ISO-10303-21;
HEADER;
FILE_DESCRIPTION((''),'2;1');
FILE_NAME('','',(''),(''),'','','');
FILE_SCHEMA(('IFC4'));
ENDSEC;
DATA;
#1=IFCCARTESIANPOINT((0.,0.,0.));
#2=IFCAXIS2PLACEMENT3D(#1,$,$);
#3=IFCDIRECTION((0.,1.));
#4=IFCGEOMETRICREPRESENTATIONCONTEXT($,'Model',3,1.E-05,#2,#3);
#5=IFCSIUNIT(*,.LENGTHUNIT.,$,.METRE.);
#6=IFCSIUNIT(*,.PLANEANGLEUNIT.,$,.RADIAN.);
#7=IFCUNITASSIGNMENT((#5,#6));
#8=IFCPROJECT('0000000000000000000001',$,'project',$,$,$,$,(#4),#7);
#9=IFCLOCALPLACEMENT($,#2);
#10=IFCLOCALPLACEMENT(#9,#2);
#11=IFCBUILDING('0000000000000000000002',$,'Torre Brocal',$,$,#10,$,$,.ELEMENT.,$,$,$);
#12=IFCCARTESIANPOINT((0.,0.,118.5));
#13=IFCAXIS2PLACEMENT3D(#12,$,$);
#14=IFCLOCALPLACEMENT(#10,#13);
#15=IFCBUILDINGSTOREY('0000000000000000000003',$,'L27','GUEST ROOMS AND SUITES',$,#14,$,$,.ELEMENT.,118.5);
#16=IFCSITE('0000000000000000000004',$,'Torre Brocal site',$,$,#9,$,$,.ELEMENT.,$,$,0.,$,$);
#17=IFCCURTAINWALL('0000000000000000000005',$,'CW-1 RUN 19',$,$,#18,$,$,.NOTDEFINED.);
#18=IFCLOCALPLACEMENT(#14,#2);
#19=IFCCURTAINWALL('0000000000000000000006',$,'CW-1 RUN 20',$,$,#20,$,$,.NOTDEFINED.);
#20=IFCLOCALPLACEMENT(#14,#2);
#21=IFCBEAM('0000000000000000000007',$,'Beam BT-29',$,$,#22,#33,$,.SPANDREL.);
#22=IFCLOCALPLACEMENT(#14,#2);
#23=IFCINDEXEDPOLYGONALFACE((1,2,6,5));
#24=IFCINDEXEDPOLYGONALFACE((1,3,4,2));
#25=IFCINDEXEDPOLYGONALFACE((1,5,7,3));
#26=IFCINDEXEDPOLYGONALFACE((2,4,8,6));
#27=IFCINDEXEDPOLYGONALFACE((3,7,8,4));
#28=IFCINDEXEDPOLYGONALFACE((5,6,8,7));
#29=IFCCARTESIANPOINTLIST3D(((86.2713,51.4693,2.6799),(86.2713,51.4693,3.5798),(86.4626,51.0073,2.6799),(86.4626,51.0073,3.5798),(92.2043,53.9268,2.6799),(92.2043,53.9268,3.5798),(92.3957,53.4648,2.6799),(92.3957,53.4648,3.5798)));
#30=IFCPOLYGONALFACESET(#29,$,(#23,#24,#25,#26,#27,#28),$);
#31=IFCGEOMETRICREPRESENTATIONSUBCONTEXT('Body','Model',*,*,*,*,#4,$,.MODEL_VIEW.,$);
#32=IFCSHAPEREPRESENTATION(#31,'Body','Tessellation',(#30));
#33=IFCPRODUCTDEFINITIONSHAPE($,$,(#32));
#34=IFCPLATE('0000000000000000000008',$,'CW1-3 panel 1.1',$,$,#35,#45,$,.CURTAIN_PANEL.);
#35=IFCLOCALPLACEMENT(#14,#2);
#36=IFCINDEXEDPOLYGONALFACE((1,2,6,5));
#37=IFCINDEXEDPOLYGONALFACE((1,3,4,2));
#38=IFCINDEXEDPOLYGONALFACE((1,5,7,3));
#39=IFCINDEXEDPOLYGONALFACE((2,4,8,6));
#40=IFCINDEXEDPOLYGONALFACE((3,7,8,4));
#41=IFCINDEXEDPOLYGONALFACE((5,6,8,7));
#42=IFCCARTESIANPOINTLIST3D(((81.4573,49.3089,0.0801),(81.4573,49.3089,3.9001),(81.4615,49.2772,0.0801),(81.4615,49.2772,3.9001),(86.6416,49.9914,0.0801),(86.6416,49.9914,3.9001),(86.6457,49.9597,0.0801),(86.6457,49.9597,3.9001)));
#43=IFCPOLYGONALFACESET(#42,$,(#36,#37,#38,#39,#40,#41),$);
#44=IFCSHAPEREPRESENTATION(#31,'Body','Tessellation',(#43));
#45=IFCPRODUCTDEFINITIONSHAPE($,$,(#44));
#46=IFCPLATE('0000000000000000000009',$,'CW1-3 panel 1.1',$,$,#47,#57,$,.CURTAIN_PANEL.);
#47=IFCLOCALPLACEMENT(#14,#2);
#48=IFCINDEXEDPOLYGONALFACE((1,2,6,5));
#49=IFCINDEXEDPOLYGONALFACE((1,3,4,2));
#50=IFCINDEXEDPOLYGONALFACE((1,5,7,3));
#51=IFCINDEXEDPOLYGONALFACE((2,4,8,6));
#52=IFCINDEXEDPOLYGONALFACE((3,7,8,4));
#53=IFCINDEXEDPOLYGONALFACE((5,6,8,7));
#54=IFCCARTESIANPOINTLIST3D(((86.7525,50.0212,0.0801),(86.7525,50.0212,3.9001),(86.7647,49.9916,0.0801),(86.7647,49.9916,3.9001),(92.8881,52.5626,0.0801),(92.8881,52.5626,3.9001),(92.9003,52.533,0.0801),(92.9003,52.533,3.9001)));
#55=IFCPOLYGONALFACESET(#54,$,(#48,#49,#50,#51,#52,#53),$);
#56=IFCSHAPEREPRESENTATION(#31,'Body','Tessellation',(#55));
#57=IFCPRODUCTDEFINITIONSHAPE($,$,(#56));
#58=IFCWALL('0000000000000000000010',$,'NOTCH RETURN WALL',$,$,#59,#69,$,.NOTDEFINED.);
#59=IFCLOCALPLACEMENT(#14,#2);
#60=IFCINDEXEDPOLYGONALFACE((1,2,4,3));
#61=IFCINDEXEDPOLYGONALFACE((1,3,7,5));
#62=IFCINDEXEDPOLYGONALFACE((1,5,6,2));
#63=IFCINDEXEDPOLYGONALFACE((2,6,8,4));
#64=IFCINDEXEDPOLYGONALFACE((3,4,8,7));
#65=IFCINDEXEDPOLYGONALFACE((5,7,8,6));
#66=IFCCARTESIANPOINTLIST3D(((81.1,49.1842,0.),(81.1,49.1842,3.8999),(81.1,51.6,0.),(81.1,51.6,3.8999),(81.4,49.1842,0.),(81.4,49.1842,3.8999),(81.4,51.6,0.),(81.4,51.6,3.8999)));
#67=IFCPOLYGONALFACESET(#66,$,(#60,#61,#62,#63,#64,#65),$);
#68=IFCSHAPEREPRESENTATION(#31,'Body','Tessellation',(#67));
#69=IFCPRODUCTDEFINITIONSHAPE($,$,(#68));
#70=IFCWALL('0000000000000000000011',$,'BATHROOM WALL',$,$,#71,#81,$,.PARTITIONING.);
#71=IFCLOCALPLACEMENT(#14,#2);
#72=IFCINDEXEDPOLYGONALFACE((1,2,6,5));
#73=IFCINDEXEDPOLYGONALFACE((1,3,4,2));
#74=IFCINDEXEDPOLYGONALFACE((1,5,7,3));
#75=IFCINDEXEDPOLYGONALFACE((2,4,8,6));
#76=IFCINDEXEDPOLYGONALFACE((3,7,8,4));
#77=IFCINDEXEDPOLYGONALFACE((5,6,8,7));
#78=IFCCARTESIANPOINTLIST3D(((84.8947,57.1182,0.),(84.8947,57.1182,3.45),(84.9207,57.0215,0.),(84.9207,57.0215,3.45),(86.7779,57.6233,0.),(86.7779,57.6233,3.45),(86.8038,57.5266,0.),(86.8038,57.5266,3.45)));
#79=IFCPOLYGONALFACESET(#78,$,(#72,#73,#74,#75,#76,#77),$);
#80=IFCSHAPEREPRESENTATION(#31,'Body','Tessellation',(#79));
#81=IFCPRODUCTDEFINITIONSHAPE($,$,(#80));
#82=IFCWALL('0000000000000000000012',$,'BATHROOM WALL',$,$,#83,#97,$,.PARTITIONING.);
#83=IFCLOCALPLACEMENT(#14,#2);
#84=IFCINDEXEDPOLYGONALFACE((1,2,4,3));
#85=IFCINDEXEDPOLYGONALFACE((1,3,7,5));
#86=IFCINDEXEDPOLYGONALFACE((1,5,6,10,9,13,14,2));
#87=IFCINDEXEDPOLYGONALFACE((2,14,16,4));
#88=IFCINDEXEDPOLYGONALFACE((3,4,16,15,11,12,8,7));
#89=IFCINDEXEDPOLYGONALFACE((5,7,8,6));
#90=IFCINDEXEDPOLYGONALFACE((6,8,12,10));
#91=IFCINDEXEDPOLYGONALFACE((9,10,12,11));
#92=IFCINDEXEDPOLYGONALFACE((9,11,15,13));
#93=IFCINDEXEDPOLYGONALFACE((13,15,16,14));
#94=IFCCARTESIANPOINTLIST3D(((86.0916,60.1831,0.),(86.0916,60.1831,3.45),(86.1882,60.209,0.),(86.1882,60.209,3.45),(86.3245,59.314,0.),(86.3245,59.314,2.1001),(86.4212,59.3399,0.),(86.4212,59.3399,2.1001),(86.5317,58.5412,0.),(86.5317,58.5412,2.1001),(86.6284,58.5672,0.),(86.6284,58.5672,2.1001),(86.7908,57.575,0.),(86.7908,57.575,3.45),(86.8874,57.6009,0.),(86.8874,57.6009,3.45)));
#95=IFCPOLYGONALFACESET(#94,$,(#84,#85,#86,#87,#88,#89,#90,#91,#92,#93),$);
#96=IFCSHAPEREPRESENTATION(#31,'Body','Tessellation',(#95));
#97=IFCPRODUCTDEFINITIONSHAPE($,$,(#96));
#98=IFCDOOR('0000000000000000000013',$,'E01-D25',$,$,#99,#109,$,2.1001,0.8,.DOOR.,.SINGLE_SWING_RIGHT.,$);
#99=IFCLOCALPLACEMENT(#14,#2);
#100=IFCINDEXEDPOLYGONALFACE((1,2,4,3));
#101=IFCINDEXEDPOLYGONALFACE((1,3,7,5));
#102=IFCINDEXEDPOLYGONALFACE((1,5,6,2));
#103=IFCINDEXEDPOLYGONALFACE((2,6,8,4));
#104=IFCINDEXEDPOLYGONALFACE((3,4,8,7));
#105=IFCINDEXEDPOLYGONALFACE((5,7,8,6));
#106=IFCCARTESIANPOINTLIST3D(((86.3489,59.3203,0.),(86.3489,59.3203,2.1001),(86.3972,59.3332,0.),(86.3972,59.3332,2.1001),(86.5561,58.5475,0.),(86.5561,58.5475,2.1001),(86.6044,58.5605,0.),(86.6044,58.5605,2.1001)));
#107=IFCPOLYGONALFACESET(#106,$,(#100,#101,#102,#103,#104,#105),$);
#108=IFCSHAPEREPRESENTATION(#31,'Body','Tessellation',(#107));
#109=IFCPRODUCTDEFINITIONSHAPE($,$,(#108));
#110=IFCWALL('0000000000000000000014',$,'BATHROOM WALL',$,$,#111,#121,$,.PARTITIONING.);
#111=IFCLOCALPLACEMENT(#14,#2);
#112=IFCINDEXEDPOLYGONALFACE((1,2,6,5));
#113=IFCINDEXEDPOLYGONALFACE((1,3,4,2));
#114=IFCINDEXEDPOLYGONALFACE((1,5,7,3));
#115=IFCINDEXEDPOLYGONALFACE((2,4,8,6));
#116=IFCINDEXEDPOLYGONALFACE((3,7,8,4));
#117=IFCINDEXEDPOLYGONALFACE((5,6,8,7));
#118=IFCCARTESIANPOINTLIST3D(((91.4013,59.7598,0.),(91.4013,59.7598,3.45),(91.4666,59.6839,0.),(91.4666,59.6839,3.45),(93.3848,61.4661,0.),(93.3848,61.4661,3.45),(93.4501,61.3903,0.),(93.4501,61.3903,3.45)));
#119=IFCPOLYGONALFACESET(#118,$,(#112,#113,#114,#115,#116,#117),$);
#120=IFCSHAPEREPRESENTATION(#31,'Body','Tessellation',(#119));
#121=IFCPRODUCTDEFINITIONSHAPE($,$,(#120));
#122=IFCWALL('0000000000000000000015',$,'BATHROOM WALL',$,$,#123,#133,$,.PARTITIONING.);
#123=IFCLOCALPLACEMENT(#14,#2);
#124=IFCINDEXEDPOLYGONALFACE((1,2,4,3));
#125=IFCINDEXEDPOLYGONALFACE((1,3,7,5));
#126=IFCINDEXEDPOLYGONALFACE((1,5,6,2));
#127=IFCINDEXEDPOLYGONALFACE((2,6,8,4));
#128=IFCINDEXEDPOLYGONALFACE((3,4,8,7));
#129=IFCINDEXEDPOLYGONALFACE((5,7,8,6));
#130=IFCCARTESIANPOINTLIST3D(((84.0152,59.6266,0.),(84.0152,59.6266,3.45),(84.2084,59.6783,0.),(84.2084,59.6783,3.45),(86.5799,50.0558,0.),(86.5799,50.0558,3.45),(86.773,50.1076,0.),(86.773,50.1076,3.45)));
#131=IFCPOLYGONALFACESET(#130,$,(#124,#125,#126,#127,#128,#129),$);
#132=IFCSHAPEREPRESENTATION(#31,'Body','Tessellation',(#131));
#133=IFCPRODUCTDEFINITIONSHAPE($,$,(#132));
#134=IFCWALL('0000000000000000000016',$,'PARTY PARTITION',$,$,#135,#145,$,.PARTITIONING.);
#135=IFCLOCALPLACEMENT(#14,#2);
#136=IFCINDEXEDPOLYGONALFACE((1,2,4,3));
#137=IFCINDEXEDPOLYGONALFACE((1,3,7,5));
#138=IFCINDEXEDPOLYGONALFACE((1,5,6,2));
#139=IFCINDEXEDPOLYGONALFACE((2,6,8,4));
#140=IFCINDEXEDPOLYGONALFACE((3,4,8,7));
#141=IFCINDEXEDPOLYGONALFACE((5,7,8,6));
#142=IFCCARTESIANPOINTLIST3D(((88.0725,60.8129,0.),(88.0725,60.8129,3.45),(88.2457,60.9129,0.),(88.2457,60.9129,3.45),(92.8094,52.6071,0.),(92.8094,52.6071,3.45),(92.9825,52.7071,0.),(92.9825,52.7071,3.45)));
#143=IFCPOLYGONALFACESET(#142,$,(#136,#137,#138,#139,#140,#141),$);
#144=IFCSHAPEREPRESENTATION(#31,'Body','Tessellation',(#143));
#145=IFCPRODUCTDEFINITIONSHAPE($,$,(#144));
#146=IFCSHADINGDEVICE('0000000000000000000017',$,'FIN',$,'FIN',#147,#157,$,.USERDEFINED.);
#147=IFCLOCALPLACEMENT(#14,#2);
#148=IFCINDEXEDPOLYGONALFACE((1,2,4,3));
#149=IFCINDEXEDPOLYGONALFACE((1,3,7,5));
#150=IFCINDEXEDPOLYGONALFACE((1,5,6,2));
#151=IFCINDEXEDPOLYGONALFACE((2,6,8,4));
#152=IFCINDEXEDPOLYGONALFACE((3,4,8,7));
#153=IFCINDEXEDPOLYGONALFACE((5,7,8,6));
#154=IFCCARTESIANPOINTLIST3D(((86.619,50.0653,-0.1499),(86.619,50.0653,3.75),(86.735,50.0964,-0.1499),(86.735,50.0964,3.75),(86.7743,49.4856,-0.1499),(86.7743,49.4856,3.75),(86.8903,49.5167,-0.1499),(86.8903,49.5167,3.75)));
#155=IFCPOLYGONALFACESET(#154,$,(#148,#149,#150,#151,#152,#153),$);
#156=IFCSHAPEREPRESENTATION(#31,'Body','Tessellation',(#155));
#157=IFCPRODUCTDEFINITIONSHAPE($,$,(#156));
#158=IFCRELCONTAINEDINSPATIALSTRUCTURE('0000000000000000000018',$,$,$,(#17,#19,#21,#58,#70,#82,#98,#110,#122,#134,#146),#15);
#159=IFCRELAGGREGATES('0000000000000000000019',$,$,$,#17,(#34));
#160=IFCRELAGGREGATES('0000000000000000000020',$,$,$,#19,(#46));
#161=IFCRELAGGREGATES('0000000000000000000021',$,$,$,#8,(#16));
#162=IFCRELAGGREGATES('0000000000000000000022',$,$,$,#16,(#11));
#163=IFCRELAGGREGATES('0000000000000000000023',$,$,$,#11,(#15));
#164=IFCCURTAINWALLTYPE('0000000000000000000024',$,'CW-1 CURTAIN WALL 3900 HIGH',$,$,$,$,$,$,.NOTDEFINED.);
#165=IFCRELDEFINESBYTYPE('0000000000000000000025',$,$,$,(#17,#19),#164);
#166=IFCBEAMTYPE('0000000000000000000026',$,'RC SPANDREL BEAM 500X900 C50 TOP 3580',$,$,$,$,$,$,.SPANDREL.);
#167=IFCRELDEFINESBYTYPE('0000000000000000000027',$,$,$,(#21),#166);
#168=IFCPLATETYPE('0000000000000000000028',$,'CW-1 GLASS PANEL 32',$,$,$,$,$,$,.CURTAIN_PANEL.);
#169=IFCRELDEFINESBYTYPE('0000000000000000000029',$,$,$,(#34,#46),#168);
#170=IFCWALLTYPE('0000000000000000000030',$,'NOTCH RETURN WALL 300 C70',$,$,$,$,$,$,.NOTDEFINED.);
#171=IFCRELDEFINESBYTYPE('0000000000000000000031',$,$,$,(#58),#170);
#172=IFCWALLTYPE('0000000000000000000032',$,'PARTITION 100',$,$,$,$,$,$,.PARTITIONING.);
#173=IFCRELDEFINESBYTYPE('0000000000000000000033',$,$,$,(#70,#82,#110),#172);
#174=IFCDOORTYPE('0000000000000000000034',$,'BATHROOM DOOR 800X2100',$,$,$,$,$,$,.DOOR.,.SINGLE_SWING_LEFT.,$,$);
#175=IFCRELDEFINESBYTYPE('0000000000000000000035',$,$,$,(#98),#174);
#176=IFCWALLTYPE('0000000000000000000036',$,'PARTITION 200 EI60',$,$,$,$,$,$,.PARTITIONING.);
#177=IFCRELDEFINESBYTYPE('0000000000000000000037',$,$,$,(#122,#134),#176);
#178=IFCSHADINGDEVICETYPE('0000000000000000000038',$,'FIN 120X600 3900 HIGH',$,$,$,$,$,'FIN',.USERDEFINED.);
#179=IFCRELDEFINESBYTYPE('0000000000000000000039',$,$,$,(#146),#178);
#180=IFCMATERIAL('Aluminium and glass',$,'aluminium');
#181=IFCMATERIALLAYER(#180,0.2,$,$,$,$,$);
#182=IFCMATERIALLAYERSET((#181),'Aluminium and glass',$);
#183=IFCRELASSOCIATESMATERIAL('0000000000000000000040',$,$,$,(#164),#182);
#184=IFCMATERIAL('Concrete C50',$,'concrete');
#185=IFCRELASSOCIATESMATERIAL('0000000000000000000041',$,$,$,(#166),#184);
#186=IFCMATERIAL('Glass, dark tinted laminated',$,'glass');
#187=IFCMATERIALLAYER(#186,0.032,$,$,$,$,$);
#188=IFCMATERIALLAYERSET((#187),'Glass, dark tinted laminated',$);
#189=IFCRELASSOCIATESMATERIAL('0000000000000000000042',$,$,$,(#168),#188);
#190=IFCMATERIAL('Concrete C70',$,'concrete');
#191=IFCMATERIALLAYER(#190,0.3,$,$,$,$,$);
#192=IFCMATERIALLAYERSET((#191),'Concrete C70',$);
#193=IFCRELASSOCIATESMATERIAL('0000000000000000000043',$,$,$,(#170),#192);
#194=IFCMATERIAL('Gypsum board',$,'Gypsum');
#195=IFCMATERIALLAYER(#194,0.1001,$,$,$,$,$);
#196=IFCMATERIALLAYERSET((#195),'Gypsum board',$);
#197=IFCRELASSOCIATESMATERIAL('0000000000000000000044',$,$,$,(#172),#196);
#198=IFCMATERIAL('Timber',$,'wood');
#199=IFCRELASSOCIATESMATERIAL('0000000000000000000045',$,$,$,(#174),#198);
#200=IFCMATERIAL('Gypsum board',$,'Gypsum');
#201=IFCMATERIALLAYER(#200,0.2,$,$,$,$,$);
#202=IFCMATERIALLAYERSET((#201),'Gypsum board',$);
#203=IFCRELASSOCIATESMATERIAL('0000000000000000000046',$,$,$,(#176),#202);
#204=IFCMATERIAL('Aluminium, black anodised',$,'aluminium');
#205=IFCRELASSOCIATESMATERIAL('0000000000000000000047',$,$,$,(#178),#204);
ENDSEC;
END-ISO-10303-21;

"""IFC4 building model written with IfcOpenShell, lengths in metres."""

from ifc_helpers import new_model, si_unit, direction, frame, frame_2d, origin, origin_2d, place, context, subcontext, project, spatial, rectangle, extrude, material, layer, layer_set, material_profile, profile_set, type_object, element, fill, aggregate, save


model = new_model("IFC4")

# Units and contexts
model_context = context("Model", 3, precision=1e-05, world=origin(), true_north=direction((0.0, 1.0)))
body_context = subcontext(model_context, "Body", "Model", "MODEL_VIEW")
ifc_project = project(units=[si_unit("LENGTHUNIT", "METRE"), si_unit("PLANEANGLEUNIT", "RADIAN")], contexts=[model_context])

# Site, building, storey
site_placement = place(None, origin())
site = spatial("IfcSite", under=ifc_project, at=site_placement, Name="Torre Brocal site", CompositionType="ELEMENT", RefElevation=0.0)
building_placement = place(site_placement, origin())
building = spatial("IfcBuilding", under=site, at=building_placement, Name="Torre Brocal", CompositionType="ELEMENT")
storey_placement = place(building_placement, frame((0.0, 0.0, 118.5)))
storey = spatial("IfcBuildingStorey", under=building, at=storey_placement, Name="L27", Description="GUEST ROOMS AND SUITES", CompositionType="ELEMENT", Elevation=118.5)

# Curtain wall
ifc_material_1 = material(Name="Aluminium and glass", Category="aluminium")
ifc_layer_1 = layer(ifc_material_1, 0.2)
ifc_layer_set_1 = layer_set([ifc_layer_1], Name="Aluminium and glass")
curtain_wall_type = type_object("IfcCurtainWallType", Name="CW-1 CURTAIN WALL 3900 HIGH", PredefinedType="NOTDEFINED", material=ifc_layer_set_1)
curtain_wall_1_placement = place(storey_placement, origin())
curtain_wall_1 = element("IfcCurtainWall", 1, at=curtain_wall_1_placement, inside=storey, type_object=curtain_wall_type, Name="CW-1 RUN 19", PredefinedType="NOTDEFINED")

# Curtain wall
curtain_wall_2_placement = place(storey_placement, origin())
curtain_wall_2 = element("IfcCurtainWall", 2, at=curtain_wall_2_placement, inside=storey, type_object=curtain_wall_type, Name="CW-1 RUN 20", PredefinedType="NOTDEFINED")

# Beam
ifc_material_2 = material(Name="Concrete C50", Category="concrete")
ifc_material_profile_1 = material_profile(ifc_material_2, rectangle(XDim=0.5, YDim=0.8999, at=origin_2d()), Name="RC 500X900")
ifc_profile_set_1 = profile_set([ifc_material_profile_1], Name="Concrete C50")
beam_type_1 = type_object("IfcBeamType", Name="RC SPANDREL BEAM 500X900 C50 TOP 3580", PredefinedType="SPANDREL", material=ifc_profile_set_1)
beam_1_placement = place(storey_placement, frame((86.3669, 51.2383, 3.1299), z_axis=(0.923882, 0.382676, 0.0), x_axis=(-0.382676, 0.923882, 0.0)))
element("IfcBeam", 3, at=beam_1_placement, inside=storey, type_object=beam_type_1, Name="Beam BT-29", PredefinedType="SPANDREL", context=body_context, shape_type="SweptSolid", body=[
    extrude(rectangle(XDim=0.5, YDim=0.8999, at=origin_2d()), origin(), (0.0, 0.0, 1.0), 6.4219),
])

# Plates
ifc_material_3 = material(Name="Glass, dark tinted laminated", Category="glass")
ifc_layer_2 = layer(ifc_material_3, 0.032)
ifc_layer_set_2 = layer_set([ifc_layer_2], Name="Glass, dark tinted laminated")
plate_type = type_object("IfcPlateType", Name="CW-1 GLASS PANEL 32", PredefinedType="CURTAIN_PANEL", material=ifc_layer_set_2)
plate_1_placement = place(storey_placement, frame((84.0515, 49.6343, 0.0801), z_axis=(0.0, 0.0, 1.0), x_axis=(0.991445, 0.130526, 0.0)))
plate_1 = element("IfcPlate", 4, at=plate_1_placement, type_object=plate_type, Name="CW1-3 panel 1.1", PredefinedType="CURTAIN_PANEL", context=body_context, shape_type="SweptSolid", body=[
    extrude(rectangle(XDim=5.229, YDim=0.032, at=origin_2d()), origin(), (0.0, 0.0, 1.0), 3.8201),
])
aggregate(curtain_wall_1, [plate_1])
plate_2_placement = place(storey_placement, frame((89.8264, 51.2771, 0.0801), z_axis=(0.0, 0.0, 1.0), x_axis=(0.92388, 0.382683, 0.0)))
plate_2 = element("IfcPlate", 5, at=plate_2_placement, type_object=plate_type, Name="CW1-3 panel 1.1", PredefinedType="CURTAIN_PANEL", context=body_context, shape_type="SweptSolid", body=[
    extrude(rectangle(XDim=6.6411, YDim=0.032, at=origin_2d()), origin(), (0.0, 0.0, 1.0), 3.8201),
])
aggregate(curtain_wall_2, [plate_2])

# Walls
ifc_material_4 = material(Name="Concrete C70", Category="concrete")
ifc_layer_3 = layer(ifc_material_4, 0.3)
ifc_layer_set_3 = layer_set([ifc_layer_3], Name="Concrete C70")
wall_type_1 = type_object("IfcWallType", Name="NOTCH RETURN WALL 300 C70", PredefinedType="NOTDEFINED", material=ifc_layer_set_3)
wall_1_placement = place(storey_placement, frame((81.25, 51.6001, 0.0), z_axis=(0.0, 0.0, 1.0), x_axis=(0.0, -1.0, 0.0)))
element("IfcWall", 6, at=wall_1_placement, inside=storey, type_object=wall_type_1, Name="NOTCH RETURN WALL", PredefinedType="NOTDEFINED", context=body_context, shape_type="SweptSolid", body=[
    extrude(rectangle(XDim=2.4158, YDim=0.3, at=frame_2d((1.208, 0.0))), origin(), (0.0, 0.0, 1.0), 3.8999),
])
ifc_material_5 = material(Name="Gypsum board", Category="Gypsum")
ifc_layer_4 = layer(ifc_material_5, 0.1001)
ifc_layer_set_4 = layer_set([ifc_layer_4], Name="Gypsum board")
wall_type_2 = type_object("IfcWallType", Name="PARTITION 100", PredefinedType="PARTITIONING", material=ifc_layer_set_4)
wall_2_placement = place(storey_placement, frame((84.9077, 57.0698, 0.0), z_axis=(0.0, 0.0, 1.0), x_axis=(0.965854, 0.259089, 0.0)))
element("IfcWall", 7, at=wall_2_placement, inside=storey, type_object=wall_type_2, Name="BATHROOM WALL", PredefinedType="PARTITIONING", context=body_context, shape_type="SweptSolid", body=[
    extrude(rectangle(XDim=1.9497, YDim=0.1001, at=frame_2d((0.9749, 0.0))), origin(), (0.0, 0.0, 1.0), 3.45),
])

# Wall, opening, door
wall_3_placement = place(storey_placement, frame((86.1399, 60.196, 0.0), z_axis=(0.0, 0.0, 1.0), x_axis=(0.258945, -0.965892, 0.0)))
wall_3 = element("IfcWall", 8, at=wall_3_placement, inside=storey, type_object=wall_type_2, Name="BATHROOM WALL", PredefinedType="PARTITIONING", context=body_context, shape_type="SweptSolid", body=[
    extrude(rectangle(XDim=2.7002, YDim=0.1001, at=frame_2d((1.3501, 0.0))), origin(), (0.0, 0.0, 1.0), 3.45),
])
opening_placement = place(wall_3_placement, frame((0.8999, 0.0, 0.0)))
opening = element("IfcOpeningElement", 9, at=opening_placement, cuts=wall_3, PredefinedType="OPENING", context=body_context, shape_type="SweptSolid", body=[
    extrude(rectangle(XDim=0.8, YDim=2.1001, at=frame_2d((0.3999, 1.05))), frame((0.0, 0.0601, 0.0), z_axis=(0.0, -1.0, 0.0), x_axis=(1.0, 0.0, 0.0)), (0.0, 0.0, 1.0), 0.1201),
])
ifc_material_6 = material(Name="Timber", Category="wood")
door_type = type_object("IfcDoorType", Name="BATHROOM DOOR 800X2100", OperationType="SINGLE_SWING_LEFT", PredefinedType="DOOR", material=ifc_material_6)
door_placement = place(opening_placement, frame((0.8, 0.0, 0.0), z_axis=(0.0, 0.0, 1.0), x_axis=(-1.0, 0.0, 0.0)))
door = element("IfcDoor", 10, at=door_placement, inside=storey, type_object=door_type, Name="E01-D25", OperationType="SINGLE_SWING_RIGHT", OverallHeight=2.1001, OverallWidth=0.8, PredefinedType="DOOR", context=body_context, shape_type="SweptSolid", body=[
    extrude(rectangle(XDim=0.8, YDim=2.1001, at=frame_2d((0.3999, 1.05))), frame((0.0, 0.0249, 0.0), z_axis=(0.0, -1.0, 0.0), x_axis=(1.0, 0.0, 0.0)), (0.0, 0.0, 1.0), 0.05),
])
fill(opening, door)

# Walls
wall_4_placement = place(storey_placement, frame((91.4341, 59.7219, 0.0), z_axis=(0.0, 0.0, 1.0), x_axis=(0.758076, 0.652166, 0.0)))
element("IfcWall", 11, at=wall_4_placement, inside=storey, type_object=wall_type_2, Name="BATHROOM WALL", PredefinedType="PARTITIONING", context=body_context, shape_type="SweptSolid", body=[
    extrude(rectangle(XDim=2.6165, YDim=0.1001, at=frame_2d((1.3081, 0.0))), origin(), (0.0, 0.0, 1.0), 3.45),
])
ifc_material_7 = material(Name="Gypsum board", Category="Gypsum")
ifc_layer_5 = layer(ifc_material_7, 0.2)
ifc_layer_set_5 = layer_set([ifc_layer_5], Name="Gypsum board")
wall_type_3 = type_object("IfcWallType", Name="PARTITION 200 EI60", PredefinedType="PARTITIONING", material=ifc_layer_set_5)
wall_5_placement = place(storey_placement, frame((84.1118, 59.6523, 0.0), z_axis=(0.0, 0.0, 1.0), x_axis=(0.258839, -0.965921, 0.0)))
element("IfcWall", 12, at=wall_5_placement, inside=storey, type_object=wall_type_3, Name="BATHROOM WALL", PredefinedType="PARTITIONING", context=body_context, shape_type="SweptSolid", body=[
    extrude(rectangle(XDim=9.9084, YDim=0.2, at=frame_2d((4.9541, 0.0))), origin(), (0.0, 0.0, 1.0), 3.45),
])
wall_6_placement = place(storey_placement, frame((88.1592, 60.8628, 0.0), z_axis=(0.0, 0.0, 1.0), x_axis=(0.499936, -0.866062, 0.0)))
element("IfcWall", 13, at=wall_6_placement, inside=storey, type_object=wall_type_3, Name="PARTY PARTITION", PredefinedType="PARTITIONING", context=body_context, shape_type="SweptSolid", body=[
    extrude(rectangle(XDim=9.4749, YDim=0.2, at=frame_2d((4.7373, 0.0))), origin(), (0.0, 0.0, 1.0), 3.45),
])

# Shading device
ifc_material_8 = material(Name="Aluminium, black anodised", Category="aluminium")
ifc_material_profile_2 = material_profile(ifc_material_8, rectangle(XDim=0.1201, YDim=0.6001, at=origin_2d()), Name="FIN 120X600 3900 HIGH")
ifc_profile_set_2 = profile_set([ifc_material_profile_2], Name="Aluminium, black anodised")
shading_device_type = type_object("IfcShadingDeviceType", Name="FIN 120X600 3900 HIGH", ElementType="FIN", PredefinedType="USERDEFINED", material=ifc_profile_set_2)
shading_device_placement = place(storey_placement, frame((86.7546, 49.791, -0.1499), z_axis=(0.0, 0.0, 1.0), x_axis=(0.965926, 0.258819, 0.0)))
element("IfcShadingDevice", 14, at=shading_device_placement, inside=storey, type_object=shading_device_type, Name="FIN", ObjectType="FIN", PredefinedType="USERDEFINED", context=body_context, shape_type="SweptSolid", body=[
    extrude(rectangle(XDim=0.1201, YDim=0.6001, at=origin_2d()), origin(), (0.0, 0.0, 1.0), 3.8999),
])

save(model, "model.ifc")
